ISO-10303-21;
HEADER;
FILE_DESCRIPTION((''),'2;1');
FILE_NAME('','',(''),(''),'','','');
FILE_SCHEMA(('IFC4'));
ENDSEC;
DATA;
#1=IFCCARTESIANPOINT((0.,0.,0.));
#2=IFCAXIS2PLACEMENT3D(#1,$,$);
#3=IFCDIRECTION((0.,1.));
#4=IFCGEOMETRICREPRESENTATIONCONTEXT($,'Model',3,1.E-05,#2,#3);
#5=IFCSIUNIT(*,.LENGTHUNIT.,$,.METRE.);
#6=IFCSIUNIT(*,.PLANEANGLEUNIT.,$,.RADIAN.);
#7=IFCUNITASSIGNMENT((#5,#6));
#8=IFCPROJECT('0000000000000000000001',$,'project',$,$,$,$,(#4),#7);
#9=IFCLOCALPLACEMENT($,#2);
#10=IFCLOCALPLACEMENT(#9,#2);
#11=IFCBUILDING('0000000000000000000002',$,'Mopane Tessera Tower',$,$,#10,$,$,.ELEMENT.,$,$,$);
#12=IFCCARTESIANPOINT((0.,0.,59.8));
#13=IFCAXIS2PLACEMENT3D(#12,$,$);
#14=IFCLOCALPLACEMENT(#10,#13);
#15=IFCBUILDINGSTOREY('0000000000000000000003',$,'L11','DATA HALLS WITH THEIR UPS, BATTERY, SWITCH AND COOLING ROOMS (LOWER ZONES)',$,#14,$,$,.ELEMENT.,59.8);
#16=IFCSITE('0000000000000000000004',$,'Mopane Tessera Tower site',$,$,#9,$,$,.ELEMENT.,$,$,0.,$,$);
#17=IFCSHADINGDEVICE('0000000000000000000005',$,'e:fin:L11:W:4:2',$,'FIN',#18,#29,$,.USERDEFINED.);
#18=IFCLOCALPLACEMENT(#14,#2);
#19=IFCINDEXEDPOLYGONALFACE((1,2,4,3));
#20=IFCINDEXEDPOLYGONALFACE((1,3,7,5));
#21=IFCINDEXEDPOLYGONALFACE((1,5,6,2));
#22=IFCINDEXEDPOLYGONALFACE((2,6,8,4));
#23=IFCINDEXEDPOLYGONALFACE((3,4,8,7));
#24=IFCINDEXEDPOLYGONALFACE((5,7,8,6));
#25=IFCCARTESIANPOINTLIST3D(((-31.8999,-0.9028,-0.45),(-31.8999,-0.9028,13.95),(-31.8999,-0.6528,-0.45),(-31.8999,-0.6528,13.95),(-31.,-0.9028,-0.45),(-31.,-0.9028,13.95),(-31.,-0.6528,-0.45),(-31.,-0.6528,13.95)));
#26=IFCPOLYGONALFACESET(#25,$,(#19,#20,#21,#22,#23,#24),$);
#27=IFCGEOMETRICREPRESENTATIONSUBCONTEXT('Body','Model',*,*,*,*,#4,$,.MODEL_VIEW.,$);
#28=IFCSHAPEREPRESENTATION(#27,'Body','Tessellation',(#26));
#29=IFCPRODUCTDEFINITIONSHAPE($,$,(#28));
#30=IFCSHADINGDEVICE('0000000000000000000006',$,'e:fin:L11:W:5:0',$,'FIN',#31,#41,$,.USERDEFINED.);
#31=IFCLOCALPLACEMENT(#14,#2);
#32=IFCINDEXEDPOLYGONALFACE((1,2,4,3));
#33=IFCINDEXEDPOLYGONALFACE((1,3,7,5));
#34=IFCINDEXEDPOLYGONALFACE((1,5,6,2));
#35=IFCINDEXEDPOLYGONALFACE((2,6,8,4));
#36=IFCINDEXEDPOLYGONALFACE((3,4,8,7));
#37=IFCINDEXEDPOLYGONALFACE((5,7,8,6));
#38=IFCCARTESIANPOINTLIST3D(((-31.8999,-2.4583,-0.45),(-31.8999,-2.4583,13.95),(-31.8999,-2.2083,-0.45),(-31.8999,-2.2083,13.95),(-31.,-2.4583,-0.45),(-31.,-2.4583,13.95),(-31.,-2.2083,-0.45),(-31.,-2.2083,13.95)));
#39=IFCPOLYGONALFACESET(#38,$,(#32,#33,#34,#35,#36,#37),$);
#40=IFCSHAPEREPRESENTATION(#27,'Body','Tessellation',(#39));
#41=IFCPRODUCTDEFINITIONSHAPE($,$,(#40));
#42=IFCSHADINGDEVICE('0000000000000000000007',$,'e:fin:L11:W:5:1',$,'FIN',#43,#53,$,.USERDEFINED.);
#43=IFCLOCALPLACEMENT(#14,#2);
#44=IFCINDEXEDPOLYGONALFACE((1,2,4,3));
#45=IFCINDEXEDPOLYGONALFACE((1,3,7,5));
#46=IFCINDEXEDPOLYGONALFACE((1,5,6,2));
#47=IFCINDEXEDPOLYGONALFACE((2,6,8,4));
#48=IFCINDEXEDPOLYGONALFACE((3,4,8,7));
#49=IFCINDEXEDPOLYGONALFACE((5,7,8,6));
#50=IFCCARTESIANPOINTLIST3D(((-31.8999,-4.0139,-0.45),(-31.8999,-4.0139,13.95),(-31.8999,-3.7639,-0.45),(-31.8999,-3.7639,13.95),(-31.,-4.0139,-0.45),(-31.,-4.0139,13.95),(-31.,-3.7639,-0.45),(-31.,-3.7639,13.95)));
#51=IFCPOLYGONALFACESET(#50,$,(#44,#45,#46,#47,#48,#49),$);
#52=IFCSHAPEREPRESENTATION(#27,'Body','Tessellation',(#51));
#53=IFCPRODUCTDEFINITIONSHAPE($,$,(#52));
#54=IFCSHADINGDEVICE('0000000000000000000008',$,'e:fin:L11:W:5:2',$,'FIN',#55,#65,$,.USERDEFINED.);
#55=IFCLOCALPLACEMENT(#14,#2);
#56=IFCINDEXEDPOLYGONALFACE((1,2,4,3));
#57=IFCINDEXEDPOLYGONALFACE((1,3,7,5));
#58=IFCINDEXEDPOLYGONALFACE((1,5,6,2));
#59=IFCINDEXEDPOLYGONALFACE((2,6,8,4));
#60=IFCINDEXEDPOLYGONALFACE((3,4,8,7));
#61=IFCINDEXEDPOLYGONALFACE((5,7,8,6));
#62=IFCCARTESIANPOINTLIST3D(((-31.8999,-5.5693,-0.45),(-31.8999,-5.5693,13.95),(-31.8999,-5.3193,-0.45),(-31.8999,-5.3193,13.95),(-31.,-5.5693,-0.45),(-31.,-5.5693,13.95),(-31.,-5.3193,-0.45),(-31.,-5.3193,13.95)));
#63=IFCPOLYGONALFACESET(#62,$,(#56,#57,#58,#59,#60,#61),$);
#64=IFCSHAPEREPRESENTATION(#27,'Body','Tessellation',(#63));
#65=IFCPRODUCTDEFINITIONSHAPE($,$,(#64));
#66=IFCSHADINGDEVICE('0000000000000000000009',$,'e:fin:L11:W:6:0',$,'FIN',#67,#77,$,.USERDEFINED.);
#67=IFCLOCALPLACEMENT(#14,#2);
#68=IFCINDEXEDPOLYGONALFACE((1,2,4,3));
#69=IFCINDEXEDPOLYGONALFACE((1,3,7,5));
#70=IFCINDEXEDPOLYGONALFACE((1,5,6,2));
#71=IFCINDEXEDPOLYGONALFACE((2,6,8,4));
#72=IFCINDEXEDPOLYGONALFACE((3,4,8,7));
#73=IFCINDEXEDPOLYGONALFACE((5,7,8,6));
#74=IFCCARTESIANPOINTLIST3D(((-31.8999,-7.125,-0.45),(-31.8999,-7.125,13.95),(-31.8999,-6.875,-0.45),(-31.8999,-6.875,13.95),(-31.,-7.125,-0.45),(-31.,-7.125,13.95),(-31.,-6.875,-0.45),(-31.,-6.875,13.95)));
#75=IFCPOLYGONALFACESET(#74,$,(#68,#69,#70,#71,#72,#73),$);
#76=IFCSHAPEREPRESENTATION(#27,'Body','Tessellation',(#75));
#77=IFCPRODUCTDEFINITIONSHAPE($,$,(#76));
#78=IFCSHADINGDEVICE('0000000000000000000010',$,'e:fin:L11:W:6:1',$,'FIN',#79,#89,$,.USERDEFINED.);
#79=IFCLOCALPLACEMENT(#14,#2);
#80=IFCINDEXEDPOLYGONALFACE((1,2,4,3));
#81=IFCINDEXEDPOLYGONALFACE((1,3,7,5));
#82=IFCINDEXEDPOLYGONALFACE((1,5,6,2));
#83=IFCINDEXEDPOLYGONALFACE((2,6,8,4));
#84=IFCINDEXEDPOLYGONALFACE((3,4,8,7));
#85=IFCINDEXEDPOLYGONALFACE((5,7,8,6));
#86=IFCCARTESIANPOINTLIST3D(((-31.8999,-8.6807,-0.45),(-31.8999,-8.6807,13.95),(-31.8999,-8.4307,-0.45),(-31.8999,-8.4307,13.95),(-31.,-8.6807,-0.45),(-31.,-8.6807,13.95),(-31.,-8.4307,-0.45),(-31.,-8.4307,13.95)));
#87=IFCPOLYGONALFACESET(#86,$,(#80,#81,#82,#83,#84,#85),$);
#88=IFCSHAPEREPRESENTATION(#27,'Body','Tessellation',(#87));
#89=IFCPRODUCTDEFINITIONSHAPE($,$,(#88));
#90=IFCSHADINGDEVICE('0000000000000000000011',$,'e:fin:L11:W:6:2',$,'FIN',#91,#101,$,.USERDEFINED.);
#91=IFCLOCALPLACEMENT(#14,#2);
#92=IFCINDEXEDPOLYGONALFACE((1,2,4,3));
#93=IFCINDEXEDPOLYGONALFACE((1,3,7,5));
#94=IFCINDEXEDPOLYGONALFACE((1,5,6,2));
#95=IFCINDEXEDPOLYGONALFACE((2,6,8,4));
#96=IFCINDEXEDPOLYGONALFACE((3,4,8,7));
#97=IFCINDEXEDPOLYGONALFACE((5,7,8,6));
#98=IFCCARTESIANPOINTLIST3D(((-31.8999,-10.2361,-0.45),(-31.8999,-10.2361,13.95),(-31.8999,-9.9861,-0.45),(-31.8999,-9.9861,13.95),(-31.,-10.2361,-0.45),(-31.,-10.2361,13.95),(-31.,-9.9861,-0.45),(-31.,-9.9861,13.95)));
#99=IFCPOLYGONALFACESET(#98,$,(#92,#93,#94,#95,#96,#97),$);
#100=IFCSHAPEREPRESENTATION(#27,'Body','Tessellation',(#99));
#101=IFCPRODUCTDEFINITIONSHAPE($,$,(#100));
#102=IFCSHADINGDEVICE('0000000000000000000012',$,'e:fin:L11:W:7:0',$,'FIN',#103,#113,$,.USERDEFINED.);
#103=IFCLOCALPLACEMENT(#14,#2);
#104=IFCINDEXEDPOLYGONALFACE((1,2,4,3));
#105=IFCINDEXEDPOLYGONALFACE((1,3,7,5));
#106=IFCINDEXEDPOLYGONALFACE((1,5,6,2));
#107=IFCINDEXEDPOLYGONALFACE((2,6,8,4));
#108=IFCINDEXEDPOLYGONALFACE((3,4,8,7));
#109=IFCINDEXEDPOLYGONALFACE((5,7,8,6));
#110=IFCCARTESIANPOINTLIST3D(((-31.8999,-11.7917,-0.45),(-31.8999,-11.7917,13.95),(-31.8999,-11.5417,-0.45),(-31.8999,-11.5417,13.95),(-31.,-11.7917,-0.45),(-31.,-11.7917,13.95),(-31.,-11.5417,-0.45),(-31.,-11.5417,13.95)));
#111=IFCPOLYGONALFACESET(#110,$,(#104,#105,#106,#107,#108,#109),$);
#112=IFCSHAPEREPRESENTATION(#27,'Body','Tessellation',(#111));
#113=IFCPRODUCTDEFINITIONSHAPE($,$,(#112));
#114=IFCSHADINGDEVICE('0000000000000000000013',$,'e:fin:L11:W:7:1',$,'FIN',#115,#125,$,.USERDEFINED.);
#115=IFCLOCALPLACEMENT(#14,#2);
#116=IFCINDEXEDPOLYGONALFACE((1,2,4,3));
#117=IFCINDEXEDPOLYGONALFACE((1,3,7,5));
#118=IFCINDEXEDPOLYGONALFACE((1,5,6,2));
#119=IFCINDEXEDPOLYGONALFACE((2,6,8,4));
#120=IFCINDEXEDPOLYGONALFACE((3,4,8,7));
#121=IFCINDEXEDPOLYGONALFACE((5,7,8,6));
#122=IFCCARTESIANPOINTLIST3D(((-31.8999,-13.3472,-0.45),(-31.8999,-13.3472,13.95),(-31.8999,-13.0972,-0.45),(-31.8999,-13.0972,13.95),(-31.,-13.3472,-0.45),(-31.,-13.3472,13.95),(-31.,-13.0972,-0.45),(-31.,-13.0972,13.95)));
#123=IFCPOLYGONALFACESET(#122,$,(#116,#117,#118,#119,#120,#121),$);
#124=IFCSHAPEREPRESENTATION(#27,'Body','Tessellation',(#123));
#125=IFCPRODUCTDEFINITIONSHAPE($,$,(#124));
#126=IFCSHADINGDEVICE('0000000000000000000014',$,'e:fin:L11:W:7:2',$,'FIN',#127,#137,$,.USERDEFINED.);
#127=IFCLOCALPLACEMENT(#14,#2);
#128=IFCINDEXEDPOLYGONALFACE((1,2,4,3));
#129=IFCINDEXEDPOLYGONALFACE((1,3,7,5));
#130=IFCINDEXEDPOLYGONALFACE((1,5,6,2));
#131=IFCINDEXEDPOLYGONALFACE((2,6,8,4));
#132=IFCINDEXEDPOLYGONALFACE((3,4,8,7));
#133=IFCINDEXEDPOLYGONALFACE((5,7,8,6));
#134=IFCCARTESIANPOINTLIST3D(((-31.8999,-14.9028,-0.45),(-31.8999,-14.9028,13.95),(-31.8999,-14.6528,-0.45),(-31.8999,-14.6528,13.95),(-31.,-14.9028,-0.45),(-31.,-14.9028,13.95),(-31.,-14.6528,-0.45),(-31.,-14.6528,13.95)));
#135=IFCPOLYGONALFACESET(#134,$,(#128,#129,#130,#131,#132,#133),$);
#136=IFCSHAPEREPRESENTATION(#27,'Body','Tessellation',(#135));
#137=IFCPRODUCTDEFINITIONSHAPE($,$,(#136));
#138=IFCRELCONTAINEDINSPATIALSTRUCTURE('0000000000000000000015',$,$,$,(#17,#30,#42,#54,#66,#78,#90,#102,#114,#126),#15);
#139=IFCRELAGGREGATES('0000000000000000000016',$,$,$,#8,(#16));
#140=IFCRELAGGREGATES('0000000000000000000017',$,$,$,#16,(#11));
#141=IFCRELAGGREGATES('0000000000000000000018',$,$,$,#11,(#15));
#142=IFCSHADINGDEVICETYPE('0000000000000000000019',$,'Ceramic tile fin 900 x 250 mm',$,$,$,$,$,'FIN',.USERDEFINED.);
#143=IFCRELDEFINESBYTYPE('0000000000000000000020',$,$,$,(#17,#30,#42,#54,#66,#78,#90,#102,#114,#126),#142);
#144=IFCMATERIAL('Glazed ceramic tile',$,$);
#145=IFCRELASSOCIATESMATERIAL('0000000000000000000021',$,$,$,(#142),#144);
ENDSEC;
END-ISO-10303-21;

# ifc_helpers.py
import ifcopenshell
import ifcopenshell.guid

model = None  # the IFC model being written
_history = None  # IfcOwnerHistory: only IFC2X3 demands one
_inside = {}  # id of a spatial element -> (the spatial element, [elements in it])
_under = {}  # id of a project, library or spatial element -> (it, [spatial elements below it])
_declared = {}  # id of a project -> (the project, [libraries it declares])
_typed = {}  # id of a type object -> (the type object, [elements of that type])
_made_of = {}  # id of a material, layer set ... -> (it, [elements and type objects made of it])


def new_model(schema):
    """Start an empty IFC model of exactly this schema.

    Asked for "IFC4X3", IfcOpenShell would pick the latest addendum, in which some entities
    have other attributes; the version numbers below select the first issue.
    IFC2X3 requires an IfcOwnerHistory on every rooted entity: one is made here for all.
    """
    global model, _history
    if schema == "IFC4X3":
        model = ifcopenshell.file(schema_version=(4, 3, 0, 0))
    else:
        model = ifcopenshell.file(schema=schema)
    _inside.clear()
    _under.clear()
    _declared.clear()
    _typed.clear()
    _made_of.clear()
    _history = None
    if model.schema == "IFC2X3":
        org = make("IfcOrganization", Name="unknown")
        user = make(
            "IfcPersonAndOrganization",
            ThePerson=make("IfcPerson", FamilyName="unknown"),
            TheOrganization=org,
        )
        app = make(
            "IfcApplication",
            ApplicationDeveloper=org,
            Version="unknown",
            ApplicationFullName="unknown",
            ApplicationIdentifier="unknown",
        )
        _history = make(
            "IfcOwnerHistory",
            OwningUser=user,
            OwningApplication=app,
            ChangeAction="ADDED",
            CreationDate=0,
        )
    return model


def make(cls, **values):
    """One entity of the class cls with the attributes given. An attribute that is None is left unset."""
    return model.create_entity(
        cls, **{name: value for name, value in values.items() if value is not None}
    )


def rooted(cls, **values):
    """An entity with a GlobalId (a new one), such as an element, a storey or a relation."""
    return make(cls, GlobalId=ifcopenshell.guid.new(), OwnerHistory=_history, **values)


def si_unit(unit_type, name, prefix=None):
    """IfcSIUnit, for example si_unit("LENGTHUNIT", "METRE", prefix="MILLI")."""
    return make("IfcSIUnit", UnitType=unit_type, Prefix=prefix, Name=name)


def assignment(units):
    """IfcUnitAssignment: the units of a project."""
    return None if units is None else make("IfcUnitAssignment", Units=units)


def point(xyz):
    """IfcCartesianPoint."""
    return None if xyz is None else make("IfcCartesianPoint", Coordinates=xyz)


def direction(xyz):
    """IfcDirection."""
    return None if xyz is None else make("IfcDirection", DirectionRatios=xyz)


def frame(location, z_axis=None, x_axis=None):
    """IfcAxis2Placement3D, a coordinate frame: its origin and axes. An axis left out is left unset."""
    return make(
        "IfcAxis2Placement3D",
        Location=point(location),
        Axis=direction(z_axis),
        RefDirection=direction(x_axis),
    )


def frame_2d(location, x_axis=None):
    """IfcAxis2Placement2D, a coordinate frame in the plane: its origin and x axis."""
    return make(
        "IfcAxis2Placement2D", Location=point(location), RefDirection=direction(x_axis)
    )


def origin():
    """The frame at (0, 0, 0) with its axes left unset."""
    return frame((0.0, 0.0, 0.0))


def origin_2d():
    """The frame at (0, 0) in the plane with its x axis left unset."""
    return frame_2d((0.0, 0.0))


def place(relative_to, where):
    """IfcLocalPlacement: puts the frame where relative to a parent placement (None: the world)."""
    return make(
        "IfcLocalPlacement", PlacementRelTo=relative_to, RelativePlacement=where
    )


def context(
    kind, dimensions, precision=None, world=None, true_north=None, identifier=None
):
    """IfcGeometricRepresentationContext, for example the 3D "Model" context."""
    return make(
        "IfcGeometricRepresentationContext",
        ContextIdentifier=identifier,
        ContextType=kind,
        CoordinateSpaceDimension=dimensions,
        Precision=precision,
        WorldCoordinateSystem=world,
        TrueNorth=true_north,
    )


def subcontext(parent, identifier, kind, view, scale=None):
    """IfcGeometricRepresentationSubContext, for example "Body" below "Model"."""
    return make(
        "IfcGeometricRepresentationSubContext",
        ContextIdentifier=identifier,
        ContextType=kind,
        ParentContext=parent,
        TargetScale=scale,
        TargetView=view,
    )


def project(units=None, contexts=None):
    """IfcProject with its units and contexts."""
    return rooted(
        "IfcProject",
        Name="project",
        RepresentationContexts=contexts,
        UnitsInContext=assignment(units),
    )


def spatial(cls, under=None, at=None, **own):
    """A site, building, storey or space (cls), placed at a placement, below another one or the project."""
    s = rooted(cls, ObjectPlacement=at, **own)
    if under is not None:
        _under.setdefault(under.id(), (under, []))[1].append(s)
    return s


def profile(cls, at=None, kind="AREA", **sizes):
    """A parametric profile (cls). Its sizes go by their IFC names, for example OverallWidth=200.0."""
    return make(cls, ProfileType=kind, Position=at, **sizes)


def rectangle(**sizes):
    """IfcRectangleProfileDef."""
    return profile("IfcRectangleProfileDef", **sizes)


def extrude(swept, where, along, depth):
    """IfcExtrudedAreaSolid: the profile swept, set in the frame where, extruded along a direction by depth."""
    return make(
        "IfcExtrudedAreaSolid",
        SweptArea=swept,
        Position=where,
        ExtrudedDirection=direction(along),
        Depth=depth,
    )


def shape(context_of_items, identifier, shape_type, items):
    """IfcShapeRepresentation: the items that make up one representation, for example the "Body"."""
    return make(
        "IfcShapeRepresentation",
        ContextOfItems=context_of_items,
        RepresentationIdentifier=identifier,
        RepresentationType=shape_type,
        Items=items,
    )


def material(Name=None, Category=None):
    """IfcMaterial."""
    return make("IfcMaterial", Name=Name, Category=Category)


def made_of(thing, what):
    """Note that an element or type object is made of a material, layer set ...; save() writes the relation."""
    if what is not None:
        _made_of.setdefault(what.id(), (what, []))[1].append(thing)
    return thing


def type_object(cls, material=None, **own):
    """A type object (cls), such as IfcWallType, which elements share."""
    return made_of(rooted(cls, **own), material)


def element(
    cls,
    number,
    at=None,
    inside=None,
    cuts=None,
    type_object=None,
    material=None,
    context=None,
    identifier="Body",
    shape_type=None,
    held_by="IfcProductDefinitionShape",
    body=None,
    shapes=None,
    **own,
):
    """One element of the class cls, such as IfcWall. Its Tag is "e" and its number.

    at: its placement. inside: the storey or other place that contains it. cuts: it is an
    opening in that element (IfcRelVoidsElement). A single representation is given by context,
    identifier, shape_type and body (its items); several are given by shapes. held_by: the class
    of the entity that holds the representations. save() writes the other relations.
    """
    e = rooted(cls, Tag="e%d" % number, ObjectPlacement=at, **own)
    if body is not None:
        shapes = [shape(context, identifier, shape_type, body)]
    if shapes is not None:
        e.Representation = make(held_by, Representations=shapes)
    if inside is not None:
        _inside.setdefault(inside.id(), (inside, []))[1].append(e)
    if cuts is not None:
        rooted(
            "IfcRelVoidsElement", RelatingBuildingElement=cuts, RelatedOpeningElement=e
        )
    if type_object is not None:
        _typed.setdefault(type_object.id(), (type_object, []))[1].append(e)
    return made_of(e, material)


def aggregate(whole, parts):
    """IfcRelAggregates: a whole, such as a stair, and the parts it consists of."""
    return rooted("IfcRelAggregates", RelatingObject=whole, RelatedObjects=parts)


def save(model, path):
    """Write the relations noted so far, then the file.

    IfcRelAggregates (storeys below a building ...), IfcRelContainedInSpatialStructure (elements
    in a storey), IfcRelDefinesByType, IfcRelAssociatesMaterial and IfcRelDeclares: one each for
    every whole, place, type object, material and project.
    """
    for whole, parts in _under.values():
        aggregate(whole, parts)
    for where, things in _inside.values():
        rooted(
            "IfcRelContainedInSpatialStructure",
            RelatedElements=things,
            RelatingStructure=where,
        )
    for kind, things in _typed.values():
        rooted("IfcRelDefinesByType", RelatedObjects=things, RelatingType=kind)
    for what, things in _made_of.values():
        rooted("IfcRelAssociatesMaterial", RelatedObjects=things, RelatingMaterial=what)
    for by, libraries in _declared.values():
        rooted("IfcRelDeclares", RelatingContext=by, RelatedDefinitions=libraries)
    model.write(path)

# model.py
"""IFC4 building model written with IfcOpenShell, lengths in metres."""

from ifc_helpers import new_model, si_unit, direction, frame, origin, origin_2d, place, context, subcontext, project, spatial, rectangle, extrude, material, type_object, element, save


model = new_model("IFC4")

# Units and contexts
model_context = context("Model", 3, precision=1e-05, world=origin(), true_north=direction((0.0, 1.0)))
body_context = subcontext(model_context, "Body", "Model", "MODEL_VIEW")
ifc_project = project(units=[si_unit("LENGTHUNIT", "METRE"), si_unit("PLANEANGLEUNIT", "RADIAN")], contexts=[model_context])

# Site, building, storey
site_placement = place(None, origin())
site = spatial("IfcSite", under=ifc_project, at=site_placement, Name="Mopane Tessera Tower site", CompositionType="ELEMENT", RefElevation=0.0)
building_placement = place(site_placement, origin())
building = spatial("IfcBuilding", under=site, at=building_placement, Name="Mopane Tessera Tower", CompositionType="ELEMENT")
storey_placement = place(building_placement, frame((0.0, 0.0, 59.8)))
storey = spatial("IfcBuildingStorey", under=building, at=storey_placement, Name="L11", Description="DATA HALLS WITH THEIR UPS, BATTERY, SWITCH AND COOLING ROOMS (LOWER ZONES)", CompositionType="ELEMENT", Elevation=59.8)

# Shading devices
ifc_material_1 = material(Name="Glazed ceramic tile")
shading_device_type = type_object("IfcShadingDeviceType", Name="Ceramic tile fin 900 x 250 mm", ElementType="FIN", PredefinedType="USERDEFINED", material=ifc_material_1)
for number, where, z_axis, x_axis, name in (
    (1, (-31.45, -0.7778, -0.45), (0.0, 0.0, 1.0), (0.0, -1.0, 0.0), "e:fin:L11:W:4:2"),
    (2, (-31.45, -2.3333, -0.45), (0.0, 0.0, 1.0), (0.0, -1.0, 0.0), "e:fin:L11:W:5:0"),
    (3, (-31.45, -3.8889, -0.45), (0.0, 0.0, 1.0), (0.0, -1.0, 0.0), "e:fin:L11:W:5:1"),
    (4, (-31.45, -5.4443, -0.45), (0.0, 0.0, 1.0), (0.0, -1.0, 0.0), "e:fin:L11:W:5:2"),
    (5, (-31.45, -7.0, -0.45), (0.0, 0.0, 1.0), (0.0, -1.0, 0.0), "e:fin:L11:W:6:0"),
    (6, (-31.45, -8.5557, -0.45), (0.0, 0.0, 1.0), (0.0, -1.0, 0.0), "e:fin:L11:W:6:1"),
    (7, (-31.45, -10.1111, -0.45), (0.0, 0.0, 1.0), (0.0, -1.0, 0.0), "e:fin:L11:W:6:2"),
    (8, (-31.45, -11.6667, -0.45), (0.0, 0.0, 1.0), (0.0, -1.0, 0.0), "e:fin:L11:W:7:0"),
    (9, (-31.45, -13.2222, -0.45), (0.0, 0.0, 1.0), (0.0, -1.0, 0.0), "e:fin:L11:W:7:1"),
    (10, (-31.45, -14.7778, -0.45), (0.0, 0.0, 1.0), (0.0, -1.0, 0.0), "e:fin:L11:W:7:2"),
):
    element("IfcShadingDevice", number, at=place(storey_placement, frame(where, z_axis=z_axis, x_axis=x_axis)), inside=storey, type_object=shading_device_type, Name=name, ObjectType="FIN", PredefinedType="USERDEFINED", context=body_context, shape_type="SweptSolid", body=[
        extrude(rectangle(XDim=0.25, YDim=0.8999, at=origin_2d()), origin(), (0.0, 0.0, 1.0), 14.3999),
    ])

save(model, "model.ifc")
